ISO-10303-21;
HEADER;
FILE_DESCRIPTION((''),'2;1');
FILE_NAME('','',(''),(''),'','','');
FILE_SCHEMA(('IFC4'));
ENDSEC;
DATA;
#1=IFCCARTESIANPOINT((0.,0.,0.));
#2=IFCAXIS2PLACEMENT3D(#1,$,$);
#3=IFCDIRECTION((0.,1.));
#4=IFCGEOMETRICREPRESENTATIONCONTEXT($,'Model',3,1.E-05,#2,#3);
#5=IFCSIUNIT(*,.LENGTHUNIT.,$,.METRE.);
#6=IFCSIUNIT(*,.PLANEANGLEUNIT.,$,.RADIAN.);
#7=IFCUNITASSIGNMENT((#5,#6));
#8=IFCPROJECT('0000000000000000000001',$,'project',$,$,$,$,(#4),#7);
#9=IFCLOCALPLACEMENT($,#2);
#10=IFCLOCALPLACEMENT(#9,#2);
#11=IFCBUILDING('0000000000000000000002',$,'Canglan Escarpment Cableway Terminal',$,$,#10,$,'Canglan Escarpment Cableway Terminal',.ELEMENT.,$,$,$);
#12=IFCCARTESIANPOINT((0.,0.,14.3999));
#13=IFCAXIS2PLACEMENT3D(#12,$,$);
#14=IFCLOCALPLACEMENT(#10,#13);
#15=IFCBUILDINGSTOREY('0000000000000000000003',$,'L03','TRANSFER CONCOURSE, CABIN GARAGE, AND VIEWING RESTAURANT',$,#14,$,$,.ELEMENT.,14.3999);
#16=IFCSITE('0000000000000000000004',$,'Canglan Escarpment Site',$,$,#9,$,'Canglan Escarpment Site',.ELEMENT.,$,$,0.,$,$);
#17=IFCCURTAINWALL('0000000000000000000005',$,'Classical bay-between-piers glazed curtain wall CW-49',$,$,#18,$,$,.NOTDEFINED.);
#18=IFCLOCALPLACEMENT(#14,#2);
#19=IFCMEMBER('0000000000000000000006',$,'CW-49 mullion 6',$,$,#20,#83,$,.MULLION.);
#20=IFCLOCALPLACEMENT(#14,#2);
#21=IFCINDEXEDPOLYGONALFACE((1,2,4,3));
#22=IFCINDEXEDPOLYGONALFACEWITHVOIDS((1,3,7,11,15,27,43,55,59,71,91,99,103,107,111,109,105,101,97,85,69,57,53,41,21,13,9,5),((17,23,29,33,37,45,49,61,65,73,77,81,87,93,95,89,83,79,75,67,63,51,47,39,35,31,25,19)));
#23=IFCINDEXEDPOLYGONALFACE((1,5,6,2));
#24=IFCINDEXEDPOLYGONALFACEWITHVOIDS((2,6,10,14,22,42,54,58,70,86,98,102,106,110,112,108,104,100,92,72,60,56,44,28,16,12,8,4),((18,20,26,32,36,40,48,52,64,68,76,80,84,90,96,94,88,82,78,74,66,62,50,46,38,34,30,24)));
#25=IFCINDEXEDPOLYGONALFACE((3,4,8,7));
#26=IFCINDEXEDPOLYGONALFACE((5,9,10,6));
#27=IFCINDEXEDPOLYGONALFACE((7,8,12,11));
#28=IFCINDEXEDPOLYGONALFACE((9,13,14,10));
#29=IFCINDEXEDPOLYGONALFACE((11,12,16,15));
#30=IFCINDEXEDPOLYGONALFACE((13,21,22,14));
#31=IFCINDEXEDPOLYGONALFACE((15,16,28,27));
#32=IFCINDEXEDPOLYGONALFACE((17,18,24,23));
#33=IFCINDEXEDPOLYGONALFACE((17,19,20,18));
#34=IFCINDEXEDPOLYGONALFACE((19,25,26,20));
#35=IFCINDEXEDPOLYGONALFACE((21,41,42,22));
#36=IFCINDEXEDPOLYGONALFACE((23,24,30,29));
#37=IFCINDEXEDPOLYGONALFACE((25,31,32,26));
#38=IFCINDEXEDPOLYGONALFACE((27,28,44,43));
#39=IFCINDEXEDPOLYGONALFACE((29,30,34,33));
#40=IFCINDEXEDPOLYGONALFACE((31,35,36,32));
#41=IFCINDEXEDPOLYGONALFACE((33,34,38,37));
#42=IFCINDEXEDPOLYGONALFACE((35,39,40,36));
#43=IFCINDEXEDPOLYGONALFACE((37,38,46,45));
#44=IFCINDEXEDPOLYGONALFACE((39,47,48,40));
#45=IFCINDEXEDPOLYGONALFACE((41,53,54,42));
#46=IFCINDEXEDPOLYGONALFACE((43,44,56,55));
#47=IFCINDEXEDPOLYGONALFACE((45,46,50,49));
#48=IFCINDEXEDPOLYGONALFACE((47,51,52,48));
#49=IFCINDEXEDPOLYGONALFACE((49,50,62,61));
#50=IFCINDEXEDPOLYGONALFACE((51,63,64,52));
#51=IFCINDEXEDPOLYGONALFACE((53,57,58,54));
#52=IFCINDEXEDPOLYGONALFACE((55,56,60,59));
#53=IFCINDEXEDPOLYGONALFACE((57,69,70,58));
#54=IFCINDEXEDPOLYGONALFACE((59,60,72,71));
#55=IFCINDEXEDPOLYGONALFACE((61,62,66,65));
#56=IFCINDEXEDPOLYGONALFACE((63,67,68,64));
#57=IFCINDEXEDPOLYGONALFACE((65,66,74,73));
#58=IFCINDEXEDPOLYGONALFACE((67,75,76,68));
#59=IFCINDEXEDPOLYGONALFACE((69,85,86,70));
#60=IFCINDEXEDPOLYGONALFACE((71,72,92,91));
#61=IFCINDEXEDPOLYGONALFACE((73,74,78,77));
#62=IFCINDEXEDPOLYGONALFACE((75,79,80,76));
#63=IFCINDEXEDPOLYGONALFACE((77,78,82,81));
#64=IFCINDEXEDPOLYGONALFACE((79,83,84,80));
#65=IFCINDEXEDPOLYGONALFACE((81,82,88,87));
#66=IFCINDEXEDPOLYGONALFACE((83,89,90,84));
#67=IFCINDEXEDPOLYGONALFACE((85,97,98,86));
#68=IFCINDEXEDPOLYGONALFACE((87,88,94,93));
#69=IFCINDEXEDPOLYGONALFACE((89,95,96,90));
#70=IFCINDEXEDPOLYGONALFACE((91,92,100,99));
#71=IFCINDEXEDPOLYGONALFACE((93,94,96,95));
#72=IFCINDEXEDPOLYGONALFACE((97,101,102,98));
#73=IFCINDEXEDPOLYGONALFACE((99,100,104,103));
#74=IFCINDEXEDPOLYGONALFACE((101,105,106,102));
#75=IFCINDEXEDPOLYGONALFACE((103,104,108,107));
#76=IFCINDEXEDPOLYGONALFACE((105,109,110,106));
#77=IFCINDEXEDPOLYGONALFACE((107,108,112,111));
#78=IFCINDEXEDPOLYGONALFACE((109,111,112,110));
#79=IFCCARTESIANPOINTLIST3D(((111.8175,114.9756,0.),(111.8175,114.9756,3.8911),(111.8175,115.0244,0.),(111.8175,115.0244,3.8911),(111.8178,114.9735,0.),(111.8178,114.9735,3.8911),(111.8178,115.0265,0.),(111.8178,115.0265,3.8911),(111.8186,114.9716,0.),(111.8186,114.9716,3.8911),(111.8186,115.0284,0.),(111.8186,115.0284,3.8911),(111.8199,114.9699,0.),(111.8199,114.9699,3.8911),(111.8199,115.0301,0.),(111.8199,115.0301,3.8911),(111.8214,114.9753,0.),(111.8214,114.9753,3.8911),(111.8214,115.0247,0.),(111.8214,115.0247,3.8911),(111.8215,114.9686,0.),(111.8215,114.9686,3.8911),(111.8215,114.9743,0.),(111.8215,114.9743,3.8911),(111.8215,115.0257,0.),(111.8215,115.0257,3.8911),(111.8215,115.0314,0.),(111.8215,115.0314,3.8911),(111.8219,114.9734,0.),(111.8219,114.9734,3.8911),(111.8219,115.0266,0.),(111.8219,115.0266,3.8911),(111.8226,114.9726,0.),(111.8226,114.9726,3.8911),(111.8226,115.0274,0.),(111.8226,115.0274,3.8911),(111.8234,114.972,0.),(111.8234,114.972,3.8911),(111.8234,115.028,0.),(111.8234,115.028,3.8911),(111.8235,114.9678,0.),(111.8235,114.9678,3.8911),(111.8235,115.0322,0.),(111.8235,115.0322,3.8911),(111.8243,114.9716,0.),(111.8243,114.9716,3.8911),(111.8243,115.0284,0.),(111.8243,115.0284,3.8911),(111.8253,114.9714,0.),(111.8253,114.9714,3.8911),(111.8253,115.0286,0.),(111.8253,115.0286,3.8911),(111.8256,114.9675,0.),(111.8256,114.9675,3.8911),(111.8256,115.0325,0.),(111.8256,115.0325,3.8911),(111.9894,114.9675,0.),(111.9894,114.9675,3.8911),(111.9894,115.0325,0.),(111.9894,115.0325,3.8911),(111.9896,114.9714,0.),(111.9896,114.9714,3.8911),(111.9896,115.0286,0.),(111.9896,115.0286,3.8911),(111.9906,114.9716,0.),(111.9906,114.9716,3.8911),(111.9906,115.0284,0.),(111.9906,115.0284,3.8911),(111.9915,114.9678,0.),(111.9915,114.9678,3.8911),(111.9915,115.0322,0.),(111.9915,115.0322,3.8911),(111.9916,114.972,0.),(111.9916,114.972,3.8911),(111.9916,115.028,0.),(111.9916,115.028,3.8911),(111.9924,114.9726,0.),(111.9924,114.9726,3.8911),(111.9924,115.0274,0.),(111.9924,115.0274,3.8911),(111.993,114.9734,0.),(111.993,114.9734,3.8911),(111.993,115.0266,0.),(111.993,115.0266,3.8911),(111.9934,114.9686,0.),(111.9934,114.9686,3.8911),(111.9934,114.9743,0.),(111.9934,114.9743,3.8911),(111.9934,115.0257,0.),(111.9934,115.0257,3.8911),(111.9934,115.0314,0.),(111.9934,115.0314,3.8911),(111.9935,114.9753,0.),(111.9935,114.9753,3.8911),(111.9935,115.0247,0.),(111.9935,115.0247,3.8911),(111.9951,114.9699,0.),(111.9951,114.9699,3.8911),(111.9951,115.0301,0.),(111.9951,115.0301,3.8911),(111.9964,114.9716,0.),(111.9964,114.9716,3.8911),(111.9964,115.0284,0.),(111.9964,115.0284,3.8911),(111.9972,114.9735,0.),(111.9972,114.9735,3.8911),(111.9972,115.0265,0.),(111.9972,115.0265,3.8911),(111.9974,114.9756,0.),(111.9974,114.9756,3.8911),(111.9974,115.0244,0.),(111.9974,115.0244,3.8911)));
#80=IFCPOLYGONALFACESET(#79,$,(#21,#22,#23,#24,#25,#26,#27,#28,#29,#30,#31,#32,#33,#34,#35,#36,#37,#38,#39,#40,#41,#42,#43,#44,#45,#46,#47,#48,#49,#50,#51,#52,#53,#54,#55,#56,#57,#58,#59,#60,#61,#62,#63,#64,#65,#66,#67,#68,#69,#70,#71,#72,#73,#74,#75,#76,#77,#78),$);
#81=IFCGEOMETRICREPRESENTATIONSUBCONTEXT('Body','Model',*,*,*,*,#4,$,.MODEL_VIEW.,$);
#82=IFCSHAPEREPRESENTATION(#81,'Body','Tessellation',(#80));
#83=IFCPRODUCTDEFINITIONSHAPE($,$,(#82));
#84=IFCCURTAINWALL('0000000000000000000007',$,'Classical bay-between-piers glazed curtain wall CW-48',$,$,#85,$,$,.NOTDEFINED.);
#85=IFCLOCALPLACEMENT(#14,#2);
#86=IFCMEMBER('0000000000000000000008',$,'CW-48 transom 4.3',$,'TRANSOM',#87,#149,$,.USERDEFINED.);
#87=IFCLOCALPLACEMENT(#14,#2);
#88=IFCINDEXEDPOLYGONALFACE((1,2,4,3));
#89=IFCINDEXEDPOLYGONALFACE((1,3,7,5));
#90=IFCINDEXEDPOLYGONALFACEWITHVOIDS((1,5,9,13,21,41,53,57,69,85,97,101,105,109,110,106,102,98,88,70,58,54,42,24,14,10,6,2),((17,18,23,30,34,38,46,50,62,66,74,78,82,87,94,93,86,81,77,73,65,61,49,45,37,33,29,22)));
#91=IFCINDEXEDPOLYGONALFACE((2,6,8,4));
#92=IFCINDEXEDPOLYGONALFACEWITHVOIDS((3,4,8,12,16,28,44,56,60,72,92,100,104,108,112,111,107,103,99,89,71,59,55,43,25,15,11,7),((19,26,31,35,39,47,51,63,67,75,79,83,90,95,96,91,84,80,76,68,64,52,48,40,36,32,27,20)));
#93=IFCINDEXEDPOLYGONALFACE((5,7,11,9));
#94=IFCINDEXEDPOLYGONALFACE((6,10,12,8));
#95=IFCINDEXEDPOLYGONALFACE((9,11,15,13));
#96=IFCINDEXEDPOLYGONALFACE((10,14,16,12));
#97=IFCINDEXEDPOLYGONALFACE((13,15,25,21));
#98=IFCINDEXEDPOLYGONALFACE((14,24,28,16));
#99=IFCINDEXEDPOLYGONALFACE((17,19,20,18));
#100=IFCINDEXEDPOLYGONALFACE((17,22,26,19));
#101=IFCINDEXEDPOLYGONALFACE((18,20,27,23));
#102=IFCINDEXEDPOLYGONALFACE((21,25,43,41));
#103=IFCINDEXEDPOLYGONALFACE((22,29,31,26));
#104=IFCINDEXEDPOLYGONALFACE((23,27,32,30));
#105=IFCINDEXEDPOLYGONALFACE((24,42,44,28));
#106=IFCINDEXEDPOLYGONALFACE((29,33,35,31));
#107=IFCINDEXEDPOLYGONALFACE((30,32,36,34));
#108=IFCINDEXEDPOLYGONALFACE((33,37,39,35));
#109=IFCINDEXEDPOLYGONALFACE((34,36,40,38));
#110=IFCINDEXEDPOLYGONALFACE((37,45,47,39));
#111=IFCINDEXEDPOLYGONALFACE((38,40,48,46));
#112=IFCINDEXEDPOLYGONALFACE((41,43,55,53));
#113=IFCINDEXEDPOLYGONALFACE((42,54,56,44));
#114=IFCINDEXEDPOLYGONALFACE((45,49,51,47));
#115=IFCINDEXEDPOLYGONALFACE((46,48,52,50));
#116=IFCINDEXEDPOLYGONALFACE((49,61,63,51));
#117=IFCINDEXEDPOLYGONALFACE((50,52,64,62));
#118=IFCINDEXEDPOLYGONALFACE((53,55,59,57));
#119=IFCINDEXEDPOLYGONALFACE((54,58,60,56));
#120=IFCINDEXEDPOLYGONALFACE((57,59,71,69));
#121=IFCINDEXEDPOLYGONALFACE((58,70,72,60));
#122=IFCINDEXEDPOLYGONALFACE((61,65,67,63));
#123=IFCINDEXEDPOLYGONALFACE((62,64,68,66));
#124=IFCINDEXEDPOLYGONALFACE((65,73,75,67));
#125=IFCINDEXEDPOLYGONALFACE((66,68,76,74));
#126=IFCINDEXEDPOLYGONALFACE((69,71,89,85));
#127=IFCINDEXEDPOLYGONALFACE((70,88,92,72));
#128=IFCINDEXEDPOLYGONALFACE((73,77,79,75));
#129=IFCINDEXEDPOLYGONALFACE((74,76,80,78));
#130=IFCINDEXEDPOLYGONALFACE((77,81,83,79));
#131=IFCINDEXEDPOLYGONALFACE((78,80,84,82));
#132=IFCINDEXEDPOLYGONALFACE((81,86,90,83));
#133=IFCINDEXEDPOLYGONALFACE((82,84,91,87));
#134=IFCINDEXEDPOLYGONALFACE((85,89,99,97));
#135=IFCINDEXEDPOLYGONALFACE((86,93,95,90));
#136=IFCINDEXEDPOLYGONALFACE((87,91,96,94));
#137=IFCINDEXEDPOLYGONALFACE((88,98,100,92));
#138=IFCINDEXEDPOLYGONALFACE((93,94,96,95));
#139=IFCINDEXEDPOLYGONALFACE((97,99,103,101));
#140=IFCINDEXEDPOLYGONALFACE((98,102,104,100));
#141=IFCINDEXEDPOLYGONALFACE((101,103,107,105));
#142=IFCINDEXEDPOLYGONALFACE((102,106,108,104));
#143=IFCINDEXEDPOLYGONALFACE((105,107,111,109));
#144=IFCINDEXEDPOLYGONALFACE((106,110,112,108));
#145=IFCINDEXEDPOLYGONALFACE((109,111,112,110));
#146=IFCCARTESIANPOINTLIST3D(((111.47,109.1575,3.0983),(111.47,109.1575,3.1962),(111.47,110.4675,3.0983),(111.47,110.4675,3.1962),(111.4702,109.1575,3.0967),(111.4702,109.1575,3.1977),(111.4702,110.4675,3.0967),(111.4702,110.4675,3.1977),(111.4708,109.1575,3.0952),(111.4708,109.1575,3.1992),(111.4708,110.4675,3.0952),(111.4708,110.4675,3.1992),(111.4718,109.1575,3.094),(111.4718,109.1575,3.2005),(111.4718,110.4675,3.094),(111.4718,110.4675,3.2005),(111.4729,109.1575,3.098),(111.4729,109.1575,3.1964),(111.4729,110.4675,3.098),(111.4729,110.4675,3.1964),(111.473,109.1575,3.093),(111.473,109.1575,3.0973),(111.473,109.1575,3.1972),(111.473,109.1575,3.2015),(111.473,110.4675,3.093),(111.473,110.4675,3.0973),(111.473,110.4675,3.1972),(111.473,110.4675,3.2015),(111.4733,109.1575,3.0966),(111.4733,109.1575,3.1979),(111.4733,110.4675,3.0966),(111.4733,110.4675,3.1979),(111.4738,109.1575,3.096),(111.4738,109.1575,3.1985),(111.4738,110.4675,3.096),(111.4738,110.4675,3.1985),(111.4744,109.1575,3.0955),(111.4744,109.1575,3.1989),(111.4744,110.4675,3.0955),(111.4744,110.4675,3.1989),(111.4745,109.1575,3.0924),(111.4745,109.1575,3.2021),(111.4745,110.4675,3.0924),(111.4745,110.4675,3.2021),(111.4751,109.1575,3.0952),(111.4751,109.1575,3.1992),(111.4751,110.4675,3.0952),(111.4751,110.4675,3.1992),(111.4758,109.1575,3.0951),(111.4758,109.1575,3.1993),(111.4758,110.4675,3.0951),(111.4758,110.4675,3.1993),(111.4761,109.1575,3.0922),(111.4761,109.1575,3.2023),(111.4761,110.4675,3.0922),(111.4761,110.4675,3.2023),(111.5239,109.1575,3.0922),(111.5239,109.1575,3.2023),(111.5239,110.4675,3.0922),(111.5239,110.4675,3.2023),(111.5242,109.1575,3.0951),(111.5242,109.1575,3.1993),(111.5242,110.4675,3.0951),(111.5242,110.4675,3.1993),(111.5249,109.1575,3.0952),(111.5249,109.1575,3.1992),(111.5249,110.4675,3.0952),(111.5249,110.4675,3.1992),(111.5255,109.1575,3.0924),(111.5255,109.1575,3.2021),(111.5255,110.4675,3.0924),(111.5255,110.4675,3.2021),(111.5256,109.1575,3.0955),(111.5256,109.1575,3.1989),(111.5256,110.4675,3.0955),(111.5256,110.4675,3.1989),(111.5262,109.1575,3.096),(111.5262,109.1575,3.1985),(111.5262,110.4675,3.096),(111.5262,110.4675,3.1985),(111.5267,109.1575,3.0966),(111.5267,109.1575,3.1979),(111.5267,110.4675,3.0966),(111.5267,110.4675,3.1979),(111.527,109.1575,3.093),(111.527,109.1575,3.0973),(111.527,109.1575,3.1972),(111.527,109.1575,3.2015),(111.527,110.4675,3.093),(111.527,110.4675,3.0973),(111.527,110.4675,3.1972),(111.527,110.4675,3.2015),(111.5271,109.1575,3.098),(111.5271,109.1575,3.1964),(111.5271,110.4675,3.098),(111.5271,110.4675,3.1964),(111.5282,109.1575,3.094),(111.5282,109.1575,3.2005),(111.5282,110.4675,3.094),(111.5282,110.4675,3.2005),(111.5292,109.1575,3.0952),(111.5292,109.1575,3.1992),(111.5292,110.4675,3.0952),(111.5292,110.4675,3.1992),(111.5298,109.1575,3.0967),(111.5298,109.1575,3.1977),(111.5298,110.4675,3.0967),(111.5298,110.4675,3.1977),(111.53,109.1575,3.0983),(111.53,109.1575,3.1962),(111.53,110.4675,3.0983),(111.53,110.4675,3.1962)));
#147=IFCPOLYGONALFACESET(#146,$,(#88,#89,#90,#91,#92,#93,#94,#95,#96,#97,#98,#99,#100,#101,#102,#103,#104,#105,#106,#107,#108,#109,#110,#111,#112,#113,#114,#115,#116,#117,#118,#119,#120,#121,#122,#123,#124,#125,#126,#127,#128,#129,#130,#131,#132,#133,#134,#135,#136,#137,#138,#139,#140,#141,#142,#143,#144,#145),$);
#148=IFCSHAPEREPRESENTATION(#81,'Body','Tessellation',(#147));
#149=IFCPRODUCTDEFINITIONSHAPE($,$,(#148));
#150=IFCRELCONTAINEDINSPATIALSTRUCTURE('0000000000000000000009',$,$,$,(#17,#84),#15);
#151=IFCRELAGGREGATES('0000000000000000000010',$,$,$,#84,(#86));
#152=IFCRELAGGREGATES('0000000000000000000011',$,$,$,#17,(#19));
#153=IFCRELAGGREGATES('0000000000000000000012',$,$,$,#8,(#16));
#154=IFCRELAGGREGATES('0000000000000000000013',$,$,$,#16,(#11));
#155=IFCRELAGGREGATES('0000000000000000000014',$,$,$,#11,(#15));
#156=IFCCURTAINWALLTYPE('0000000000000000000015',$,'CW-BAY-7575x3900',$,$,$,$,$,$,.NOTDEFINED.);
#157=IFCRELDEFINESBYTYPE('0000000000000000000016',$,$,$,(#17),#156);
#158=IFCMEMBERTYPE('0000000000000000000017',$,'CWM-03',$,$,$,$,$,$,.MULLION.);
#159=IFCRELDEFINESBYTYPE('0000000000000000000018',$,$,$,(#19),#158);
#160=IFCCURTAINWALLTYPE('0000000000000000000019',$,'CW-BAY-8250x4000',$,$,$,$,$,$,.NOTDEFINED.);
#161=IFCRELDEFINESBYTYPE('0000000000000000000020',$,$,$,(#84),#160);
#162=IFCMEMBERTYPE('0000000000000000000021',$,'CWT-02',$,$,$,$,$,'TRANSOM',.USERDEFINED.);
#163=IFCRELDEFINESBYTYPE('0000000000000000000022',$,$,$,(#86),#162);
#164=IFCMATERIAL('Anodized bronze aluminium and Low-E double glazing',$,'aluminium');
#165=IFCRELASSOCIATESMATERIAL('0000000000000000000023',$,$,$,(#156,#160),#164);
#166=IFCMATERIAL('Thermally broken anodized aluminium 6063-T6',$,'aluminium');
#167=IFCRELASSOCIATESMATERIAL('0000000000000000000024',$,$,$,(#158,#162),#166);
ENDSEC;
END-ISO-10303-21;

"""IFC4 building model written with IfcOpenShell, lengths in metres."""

from ifc_helpers import new_model, si_unit, direction, frame, origin, origin_2d, place, context, subcontext, project, spatial, hollow_rectangle, extrude, material, material_profile, profile_set, type_object, element, aggregate, save


model = new_model("IFC4")

# Units and contexts
model_context = context("Model", 3, precision=1e-05, world=origin(), true_north=direction((0.0, 1.0)))
body_context = subcontext(model_context, "Body", "Model", "MODEL_VIEW")
ifc_project = project(units=[si_unit("LENGTHUNIT", "METRE"), si_unit("PLANEANGLEUNIT", "RADIAN")], contexts=[model_context])

# Site, building, storey
site_placement = place(None, origin())
site = spatial("IfcSite", under=ifc_project, at=site_placement, Name="Canglan Escarpment Site", LongName="Canglan Escarpment Site", CompositionType="ELEMENT", RefElevation=0.0)
building_placement = place(site_placement, origin())
building = spatial("IfcBuilding", under=site, at=building_placement, Name="Canglan Escarpment Cableway Terminal", LongName="Canglan Escarpment Cableway Terminal", CompositionType="ELEMENT")
storey_placement = place(building_placement, frame((0.0, 0.0, 14.3999)))
storey = spatial("IfcBuildingStorey", under=building, at=storey_placement, Name="L03", Description="TRANSFER CONCOURSE, CABIN GARAGE, AND VIEWING RESTAURANT", CompositionType="ELEMENT", Elevation=14.3999)

# Curtain walls, members
ifc_material_1 = material(Name="Anodized bronze aluminium and Low-E double glazing", Category="aluminium")
curtain_wall_type_1 = type_object("IfcCurtainWallType", Name="CW-BAY-7575x3900", PredefinedType="NOTDEFINED", material=ifc_material_1)
curtain_wall_1_placement = place(storey_placement, origin())
curtain_wall_1 = element("IfcCurtainWall", 1, at=curtain_wall_1_placement, inside=storey, type_object=curtain_wall_type_1, Name="Classical bay-between-piers glazed curtain wall CW-49", PredefinedType="NOTDEFINED")
ifc_material_2 = material(Name="Thermally broken anodized aluminium 6063-T6", Category="aluminium")
ifc_material_profile_1 = material_profile(ifc_material_2, hollow_rectangle(XDim=0.0649, YDim=0.1799, WallThickness=0.0039, InnerFilletRadius=0.0039, OuterFilletRadius=0.0081, at=origin_2d()), Name="ALU-MULL 65x180x4")
ifc_profile_set_1 = profile_set([ifc_material_profile_1], Name="Thermally broken anodized aluminium 6063-T6")
member_type_1 = type_object("IfcMemberType", Name="CWM-03", PredefinedType="MULLION", material=ifc_profile_set_1)
member_1_placement = place(storey_placement, frame((111.9075, 115.0, 0.0), z_axis=(0.0, 0.0, 1.0), x_axis=(0.0, -1.0, 0.0)))
member_1 = element("IfcMember", 2, at=member_1_placement, type_object=member_type_1, Name="CW-49 mullion 6", PredefinedType="MULLION", context=body_context, shape_type="SweptSolid", body=[
    extrude(hollow_rectangle(XDim=0.0649, YDim=0.1799, WallThickness=0.0039, InnerFilletRadius=0.0039, OuterFilletRadius=0.0081, at=origin_2d()), origin(), (0.0, 0.0, 1.0), 3.8911),
])
curtain_wall_type_2 = type_object("IfcCurtainWallType", Name="CW-BAY-8250x4000", PredefinedType="NOTDEFINED", material=ifc_material_1)
curtain_wall_2_placement = place(storey_placement, origin())
curtain_wall_2 = element("IfcCurtainWall", 3, at=curtain_wall_2_placement, inside=storey, type_object=curtain_wall_type_2, Name="Classical bay-between-piers glazed curtain wall CW-48", PredefinedType="NOTDEFINED")
ifc_material_profile_2 = material_profile(ifc_material_2, hollow_rectangle(XDim=0.0601, YDim=0.1101, WallThickness=0.0029, InnerFilletRadius=0.0029, OuterFilletRadius=0.0061, at=origin_2d()), Name="ALU-TRAN 60x110x3")
ifc_profile_set_2 = profile_set([ifc_material_profile_2], Name="Thermally broken anodized aluminium 6063-T6")
member_type_2 = type_object("IfcMemberType", Name="CWT-02", ElementType="TRANSOM", PredefinedType="USERDEFINED", material=ifc_profile_set_2)
member_2_placement = place(storey_placement, frame((111.5, 110.4675, 3.1472), z_axis=(0.0, -1.0, 0.0), x_axis=(1.0, 0.0, 0.0)))
member_2 = element("IfcMember", 4, at=member_2_placement, type_object=member_type_2, Name="CW-48 transom 4.3", ObjectType="TRANSOM", PredefinedType="USERDEFINED", context=body_context, shape_type="SweptSolid", body=[
    extrude(hollow_rectangle(XDim=0.0601, YDim=0.1101, WallThickness=0.0029, InnerFilletRadius=0.0029, OuterFilletRadius=0.0061, at=origin_2d()), origin(), (0.0, 0.0, 1.0), 1.3101),
])

aggregate(curtain_wall_2, [member_2])
aggregate(curtain_wall_1, [member_1])

save(model, "model.ifc")
